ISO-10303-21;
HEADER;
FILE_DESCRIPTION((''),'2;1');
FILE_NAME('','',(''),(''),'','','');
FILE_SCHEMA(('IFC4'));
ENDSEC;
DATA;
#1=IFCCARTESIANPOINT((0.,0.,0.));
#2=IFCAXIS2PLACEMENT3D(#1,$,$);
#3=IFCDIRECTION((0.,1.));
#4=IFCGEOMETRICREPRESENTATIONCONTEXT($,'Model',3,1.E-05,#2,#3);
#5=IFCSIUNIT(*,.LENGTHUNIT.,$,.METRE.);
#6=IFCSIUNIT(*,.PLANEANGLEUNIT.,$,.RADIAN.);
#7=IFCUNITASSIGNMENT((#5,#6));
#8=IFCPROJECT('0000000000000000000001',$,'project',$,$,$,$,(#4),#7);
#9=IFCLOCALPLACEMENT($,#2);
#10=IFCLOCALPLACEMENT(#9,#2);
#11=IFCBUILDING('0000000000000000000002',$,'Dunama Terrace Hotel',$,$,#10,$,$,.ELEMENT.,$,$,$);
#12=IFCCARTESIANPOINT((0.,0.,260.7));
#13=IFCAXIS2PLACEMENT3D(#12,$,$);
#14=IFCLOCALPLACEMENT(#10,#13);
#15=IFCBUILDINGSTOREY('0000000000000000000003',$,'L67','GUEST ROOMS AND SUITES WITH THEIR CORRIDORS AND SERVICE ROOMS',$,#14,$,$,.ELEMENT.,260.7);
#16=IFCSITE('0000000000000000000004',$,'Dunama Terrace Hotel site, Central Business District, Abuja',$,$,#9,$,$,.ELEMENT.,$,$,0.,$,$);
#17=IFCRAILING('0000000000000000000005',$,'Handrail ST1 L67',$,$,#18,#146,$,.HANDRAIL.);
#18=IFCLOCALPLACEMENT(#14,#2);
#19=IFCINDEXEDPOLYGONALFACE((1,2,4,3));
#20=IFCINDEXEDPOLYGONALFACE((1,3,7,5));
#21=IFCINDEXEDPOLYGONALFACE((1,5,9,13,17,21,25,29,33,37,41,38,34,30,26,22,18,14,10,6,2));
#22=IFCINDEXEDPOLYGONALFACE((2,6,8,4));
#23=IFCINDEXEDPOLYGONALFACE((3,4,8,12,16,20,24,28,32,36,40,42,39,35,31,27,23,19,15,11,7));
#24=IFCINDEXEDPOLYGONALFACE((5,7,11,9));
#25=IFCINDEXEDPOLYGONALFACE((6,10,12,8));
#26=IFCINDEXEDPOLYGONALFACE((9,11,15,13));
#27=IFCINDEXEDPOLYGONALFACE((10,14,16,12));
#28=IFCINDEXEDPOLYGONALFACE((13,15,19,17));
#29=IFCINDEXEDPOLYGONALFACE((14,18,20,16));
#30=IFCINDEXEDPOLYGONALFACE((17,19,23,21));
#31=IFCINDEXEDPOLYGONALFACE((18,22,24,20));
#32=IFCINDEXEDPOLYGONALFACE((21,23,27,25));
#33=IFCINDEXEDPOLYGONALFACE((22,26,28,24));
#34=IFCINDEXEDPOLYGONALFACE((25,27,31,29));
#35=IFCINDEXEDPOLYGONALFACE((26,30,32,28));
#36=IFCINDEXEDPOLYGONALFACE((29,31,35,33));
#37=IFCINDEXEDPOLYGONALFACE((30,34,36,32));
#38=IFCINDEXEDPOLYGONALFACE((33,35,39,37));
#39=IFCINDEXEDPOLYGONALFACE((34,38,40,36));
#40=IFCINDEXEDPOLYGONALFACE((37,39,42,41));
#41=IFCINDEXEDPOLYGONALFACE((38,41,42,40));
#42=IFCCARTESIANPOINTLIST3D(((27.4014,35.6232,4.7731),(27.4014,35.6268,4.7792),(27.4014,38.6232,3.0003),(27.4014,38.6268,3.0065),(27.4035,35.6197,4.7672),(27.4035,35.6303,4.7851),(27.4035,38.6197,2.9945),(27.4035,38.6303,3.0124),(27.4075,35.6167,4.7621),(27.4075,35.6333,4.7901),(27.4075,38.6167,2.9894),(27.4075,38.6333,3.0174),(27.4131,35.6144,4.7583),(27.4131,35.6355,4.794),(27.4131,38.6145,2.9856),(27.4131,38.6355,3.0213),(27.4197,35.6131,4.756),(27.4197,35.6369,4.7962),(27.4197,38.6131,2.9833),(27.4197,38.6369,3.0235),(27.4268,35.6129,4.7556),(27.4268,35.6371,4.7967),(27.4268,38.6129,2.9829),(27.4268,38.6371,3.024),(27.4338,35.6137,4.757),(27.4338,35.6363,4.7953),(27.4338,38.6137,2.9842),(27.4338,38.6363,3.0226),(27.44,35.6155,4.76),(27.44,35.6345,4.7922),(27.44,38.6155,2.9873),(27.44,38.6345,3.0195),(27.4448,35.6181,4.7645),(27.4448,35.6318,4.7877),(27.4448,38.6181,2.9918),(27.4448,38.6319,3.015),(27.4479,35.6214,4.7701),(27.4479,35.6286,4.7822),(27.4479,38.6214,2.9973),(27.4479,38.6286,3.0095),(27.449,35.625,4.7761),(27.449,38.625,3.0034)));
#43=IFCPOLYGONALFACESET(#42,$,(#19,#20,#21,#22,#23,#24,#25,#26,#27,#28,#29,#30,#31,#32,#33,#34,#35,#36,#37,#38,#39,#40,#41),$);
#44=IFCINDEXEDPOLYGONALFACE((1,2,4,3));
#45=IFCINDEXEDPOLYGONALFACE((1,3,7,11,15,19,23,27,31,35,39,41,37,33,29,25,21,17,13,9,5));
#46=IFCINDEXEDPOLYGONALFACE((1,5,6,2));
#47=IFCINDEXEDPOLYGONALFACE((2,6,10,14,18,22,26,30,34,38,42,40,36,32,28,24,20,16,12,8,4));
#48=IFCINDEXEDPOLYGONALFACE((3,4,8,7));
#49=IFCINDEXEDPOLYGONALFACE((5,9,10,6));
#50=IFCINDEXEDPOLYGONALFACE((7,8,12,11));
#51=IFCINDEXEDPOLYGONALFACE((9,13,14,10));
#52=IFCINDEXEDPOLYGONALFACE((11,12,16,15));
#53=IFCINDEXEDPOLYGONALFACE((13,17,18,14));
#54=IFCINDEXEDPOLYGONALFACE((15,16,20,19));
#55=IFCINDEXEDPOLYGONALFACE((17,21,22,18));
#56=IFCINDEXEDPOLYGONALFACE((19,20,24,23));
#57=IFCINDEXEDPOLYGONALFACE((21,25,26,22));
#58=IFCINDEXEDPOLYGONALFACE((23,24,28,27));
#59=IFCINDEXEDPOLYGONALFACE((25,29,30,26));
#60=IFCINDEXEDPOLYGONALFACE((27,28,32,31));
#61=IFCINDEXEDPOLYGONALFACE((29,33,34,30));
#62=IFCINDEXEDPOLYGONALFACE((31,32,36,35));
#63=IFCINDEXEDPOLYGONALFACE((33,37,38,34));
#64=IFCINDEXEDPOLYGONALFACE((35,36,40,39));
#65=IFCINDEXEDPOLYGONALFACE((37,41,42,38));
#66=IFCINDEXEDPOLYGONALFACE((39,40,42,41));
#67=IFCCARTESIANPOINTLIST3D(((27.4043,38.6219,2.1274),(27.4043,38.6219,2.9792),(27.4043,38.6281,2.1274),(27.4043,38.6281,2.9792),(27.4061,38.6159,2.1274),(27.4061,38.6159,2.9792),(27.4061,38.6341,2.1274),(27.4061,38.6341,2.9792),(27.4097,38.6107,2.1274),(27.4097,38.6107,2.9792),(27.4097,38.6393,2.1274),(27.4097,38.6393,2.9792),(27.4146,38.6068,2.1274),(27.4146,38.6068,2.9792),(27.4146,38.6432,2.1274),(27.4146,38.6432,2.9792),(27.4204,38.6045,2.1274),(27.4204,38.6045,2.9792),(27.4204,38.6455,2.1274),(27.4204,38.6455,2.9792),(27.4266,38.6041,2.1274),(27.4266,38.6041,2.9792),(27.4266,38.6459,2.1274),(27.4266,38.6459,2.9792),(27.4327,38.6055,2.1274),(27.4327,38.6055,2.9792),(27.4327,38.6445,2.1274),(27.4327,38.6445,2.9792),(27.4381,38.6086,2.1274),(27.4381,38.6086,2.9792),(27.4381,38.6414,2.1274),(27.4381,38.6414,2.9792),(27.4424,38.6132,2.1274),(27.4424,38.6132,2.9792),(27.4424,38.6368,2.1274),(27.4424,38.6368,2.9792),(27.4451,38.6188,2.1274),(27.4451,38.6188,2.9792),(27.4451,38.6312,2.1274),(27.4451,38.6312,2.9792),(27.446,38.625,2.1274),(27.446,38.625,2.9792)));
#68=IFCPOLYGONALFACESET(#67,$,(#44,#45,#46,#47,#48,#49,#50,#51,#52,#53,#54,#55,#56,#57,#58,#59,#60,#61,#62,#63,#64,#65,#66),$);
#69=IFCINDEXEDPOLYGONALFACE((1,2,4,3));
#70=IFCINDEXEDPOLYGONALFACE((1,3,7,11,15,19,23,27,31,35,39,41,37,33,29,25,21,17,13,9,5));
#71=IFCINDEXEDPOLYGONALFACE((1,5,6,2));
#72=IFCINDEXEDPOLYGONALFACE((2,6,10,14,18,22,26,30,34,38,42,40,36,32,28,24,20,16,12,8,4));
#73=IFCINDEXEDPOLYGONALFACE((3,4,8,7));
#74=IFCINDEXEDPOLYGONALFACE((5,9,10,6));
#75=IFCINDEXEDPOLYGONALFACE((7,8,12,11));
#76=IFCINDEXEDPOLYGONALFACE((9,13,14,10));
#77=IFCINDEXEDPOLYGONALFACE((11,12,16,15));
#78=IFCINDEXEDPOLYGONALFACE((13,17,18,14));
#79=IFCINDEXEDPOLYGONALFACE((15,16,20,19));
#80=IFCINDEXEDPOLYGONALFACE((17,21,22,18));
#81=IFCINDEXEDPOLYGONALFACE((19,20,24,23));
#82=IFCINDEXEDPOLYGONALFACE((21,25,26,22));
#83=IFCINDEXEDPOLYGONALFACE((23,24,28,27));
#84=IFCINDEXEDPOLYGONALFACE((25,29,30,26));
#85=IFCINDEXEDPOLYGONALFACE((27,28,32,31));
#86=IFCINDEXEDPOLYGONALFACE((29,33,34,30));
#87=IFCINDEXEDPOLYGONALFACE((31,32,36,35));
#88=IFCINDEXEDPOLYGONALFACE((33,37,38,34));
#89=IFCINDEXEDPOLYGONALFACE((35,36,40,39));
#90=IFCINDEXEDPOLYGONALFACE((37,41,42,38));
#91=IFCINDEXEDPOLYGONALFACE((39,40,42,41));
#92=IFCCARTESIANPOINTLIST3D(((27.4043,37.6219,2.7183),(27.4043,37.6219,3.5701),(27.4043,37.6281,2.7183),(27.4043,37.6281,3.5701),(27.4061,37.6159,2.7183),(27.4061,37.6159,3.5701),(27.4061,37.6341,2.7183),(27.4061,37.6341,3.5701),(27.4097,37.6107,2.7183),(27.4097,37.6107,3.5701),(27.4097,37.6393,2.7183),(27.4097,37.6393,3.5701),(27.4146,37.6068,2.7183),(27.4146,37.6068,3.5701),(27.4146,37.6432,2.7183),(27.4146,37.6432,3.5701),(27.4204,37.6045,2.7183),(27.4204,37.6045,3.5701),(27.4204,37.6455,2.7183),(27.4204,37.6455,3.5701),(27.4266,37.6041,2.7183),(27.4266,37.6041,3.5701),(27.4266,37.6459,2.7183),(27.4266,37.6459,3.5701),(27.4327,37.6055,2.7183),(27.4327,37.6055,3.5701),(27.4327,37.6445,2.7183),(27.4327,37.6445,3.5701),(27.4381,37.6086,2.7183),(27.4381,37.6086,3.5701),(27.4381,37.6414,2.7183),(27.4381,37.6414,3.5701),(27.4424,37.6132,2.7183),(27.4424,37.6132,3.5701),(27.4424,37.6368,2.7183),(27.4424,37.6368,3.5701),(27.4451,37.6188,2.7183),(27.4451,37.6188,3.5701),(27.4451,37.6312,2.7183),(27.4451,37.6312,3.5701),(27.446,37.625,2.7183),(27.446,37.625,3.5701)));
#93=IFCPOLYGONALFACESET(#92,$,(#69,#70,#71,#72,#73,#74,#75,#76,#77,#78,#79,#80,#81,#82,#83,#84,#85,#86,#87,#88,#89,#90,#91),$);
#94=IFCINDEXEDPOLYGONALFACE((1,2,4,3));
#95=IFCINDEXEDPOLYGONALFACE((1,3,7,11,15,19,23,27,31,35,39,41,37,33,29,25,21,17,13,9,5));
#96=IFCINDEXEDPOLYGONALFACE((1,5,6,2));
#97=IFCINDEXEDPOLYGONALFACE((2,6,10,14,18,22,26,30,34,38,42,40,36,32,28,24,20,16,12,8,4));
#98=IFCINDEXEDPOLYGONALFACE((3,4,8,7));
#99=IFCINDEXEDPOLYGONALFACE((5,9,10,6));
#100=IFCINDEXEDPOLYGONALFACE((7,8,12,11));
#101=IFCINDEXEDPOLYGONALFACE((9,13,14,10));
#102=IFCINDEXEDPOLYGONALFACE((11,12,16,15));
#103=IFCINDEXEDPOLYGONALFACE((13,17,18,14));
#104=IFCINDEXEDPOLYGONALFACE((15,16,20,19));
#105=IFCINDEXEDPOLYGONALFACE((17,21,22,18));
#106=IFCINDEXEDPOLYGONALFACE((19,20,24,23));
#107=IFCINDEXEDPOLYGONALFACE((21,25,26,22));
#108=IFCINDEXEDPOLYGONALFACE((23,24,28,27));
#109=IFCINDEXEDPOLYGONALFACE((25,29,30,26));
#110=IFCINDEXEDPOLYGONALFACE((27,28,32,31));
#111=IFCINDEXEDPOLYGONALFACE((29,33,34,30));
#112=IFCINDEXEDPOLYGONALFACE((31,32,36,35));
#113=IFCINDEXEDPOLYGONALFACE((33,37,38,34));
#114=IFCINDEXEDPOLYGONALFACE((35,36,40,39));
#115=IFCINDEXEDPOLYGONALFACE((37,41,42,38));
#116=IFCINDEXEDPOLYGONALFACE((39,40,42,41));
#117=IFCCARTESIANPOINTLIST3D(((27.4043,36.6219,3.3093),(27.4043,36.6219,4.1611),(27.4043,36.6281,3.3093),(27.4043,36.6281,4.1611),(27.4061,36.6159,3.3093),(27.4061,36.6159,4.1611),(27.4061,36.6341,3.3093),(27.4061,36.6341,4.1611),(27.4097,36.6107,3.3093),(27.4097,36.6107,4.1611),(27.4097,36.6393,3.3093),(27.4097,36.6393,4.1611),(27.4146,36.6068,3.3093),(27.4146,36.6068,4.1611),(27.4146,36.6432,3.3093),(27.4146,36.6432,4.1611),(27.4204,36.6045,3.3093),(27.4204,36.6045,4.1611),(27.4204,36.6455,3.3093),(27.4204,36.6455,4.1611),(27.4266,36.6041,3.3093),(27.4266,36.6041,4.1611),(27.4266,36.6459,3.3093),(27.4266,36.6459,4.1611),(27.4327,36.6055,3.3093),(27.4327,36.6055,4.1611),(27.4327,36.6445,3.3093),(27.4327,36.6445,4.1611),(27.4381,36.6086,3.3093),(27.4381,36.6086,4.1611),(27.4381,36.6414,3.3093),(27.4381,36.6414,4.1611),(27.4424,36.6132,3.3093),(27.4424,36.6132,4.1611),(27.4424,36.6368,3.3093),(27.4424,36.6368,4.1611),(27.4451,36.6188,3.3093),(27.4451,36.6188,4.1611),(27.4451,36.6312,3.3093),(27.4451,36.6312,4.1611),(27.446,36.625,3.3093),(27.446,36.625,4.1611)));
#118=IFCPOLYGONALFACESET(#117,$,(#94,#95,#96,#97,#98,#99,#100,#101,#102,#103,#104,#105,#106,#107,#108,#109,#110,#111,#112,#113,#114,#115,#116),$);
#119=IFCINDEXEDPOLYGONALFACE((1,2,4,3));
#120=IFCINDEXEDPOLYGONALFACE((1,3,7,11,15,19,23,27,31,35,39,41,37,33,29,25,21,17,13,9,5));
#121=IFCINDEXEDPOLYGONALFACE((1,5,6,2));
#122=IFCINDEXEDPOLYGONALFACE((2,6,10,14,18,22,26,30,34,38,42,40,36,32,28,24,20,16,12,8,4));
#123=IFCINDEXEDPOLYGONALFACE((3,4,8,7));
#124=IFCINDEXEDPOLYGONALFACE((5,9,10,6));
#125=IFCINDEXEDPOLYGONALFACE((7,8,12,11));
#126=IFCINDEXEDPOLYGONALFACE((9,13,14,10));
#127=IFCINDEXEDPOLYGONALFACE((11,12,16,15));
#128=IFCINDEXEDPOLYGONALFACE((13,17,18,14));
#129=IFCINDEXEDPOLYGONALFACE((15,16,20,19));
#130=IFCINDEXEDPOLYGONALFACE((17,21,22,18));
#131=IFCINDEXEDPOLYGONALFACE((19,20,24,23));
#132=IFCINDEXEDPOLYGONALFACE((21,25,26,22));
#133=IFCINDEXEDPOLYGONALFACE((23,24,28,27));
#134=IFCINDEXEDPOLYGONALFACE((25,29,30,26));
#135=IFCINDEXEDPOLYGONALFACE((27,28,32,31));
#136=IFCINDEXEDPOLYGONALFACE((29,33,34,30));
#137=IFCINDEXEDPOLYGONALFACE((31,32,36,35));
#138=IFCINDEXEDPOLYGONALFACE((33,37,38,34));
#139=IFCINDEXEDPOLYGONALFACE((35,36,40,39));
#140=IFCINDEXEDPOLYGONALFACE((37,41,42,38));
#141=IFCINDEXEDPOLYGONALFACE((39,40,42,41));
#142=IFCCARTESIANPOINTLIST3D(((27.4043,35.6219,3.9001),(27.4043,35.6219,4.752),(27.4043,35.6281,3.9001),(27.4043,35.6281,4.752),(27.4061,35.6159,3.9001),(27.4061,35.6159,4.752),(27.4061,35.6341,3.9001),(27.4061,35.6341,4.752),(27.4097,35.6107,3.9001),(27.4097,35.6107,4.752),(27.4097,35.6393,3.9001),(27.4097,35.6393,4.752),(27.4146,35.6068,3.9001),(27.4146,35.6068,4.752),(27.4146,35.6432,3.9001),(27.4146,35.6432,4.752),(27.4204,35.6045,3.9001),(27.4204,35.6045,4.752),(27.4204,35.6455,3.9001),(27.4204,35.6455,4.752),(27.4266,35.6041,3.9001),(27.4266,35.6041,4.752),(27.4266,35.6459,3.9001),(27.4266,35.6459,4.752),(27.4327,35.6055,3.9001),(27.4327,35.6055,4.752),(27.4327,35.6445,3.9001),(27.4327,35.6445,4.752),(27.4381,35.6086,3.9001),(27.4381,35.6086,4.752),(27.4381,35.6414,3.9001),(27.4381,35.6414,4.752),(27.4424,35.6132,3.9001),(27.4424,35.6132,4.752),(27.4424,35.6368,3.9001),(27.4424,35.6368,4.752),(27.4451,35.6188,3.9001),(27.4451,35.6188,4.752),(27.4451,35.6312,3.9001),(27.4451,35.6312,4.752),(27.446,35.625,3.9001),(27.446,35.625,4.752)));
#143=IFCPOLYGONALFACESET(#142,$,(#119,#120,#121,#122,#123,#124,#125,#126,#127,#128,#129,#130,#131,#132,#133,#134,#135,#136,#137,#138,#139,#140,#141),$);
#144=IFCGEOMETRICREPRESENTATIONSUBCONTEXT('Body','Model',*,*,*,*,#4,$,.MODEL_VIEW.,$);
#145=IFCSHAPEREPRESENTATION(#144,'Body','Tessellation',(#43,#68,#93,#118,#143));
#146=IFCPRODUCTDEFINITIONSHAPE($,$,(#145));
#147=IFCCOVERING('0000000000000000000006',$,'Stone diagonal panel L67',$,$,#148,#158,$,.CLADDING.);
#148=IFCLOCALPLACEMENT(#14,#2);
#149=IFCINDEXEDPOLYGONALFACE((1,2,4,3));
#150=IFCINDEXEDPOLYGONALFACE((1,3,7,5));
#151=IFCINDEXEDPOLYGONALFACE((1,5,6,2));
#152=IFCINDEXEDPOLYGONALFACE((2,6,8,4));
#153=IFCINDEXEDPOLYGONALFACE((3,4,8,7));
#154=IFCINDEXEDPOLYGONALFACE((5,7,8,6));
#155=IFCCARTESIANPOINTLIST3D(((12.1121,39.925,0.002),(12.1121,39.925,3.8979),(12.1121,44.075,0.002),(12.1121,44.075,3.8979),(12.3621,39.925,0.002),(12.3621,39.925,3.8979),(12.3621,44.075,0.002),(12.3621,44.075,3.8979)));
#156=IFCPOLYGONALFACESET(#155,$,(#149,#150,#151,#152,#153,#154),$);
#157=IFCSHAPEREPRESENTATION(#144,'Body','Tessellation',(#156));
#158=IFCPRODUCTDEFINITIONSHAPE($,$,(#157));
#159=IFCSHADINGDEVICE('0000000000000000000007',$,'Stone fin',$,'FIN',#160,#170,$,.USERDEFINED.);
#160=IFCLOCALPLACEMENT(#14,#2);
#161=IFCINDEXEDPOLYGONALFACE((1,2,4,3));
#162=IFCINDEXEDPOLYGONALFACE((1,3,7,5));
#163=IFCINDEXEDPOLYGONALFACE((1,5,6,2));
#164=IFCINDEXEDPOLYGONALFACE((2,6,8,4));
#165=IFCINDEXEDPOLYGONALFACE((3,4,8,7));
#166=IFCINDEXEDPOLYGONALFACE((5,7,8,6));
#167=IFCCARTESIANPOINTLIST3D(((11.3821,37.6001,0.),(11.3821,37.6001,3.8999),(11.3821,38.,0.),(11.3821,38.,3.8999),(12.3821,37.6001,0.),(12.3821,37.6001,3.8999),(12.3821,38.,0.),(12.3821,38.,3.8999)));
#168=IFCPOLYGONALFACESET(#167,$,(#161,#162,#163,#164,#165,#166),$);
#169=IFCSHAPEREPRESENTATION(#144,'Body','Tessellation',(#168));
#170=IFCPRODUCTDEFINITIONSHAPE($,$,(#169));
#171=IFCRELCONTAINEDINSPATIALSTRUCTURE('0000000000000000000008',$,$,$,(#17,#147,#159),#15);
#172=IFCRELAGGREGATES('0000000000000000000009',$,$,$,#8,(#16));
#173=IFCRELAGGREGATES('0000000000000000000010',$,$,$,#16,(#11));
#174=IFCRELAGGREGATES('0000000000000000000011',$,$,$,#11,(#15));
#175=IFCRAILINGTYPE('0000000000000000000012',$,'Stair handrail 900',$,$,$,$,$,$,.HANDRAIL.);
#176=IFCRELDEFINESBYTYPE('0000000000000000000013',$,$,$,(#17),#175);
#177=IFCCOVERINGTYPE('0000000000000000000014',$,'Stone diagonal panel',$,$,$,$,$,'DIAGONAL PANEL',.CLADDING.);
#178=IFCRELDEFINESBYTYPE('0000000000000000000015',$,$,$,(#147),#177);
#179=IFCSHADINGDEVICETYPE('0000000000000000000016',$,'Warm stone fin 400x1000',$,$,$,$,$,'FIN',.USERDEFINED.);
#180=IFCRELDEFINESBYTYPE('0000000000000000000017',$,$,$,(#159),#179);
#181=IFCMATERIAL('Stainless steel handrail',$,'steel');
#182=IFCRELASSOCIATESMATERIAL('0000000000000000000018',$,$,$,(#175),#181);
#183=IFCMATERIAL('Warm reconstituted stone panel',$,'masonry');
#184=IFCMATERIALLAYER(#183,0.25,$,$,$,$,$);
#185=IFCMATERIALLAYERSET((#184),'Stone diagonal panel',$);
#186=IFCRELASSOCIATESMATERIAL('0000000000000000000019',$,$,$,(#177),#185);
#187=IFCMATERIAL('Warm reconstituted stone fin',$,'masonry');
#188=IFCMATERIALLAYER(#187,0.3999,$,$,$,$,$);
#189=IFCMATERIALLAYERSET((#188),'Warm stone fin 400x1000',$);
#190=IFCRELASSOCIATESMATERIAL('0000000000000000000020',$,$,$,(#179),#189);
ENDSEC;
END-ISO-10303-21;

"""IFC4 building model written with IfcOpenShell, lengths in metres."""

from ifc_helpers import new_model, si_unit, direction, frame, origin, origin_2d, place, context, subcontext, project, spatial, rectangle, circle, extrude, material, layer, layer_set, type_object, element, save


model = new_model("IFC4")

# Units and contexts
model_context = context("Model", 3, precision=1e-05, world=origin(), true_north=direction((0.0, 1.0)))
body_context = subcontext(model_context, "Body", "Model", "MODEL_VIEW")
ifc_project = project(units=[si_unit("LENGTHUNIT", "METRE"), si_unit("PLANEANGLEUNIT", "RADIAN")], contexts=[model_context])

# Site, building, storey
site_placement = place(None, origin())
site = spatial("IfcSite", under=ifc_project, at=site_placement, Name="Dunama Terrace Hotel site, Central Business District, Abuja", CompositionType="ELEMENT", RefElevation=0.0)
building_placement = place(site_placement, origin())
building = spatial("IfcBuilding", under=site, at=building_placement, Name="Dunama Terrace Hotel", CompositionType="ELEMENT")
storey_placement = place(building_placement, frame((0.0, 0.0, 260.7)))
storey = spatial("IfcBuildingStorey", under=building, at=storey_placement, Name="L67", Description="GUEST ROOMS AND SUITES WITH THEIR CORRIDORS AND SERVICE ROOMS", CompositionType="ELEMENT", Elevation=260.7)

# Railing
ifc_material_1 = material(Name="Stainless steel handrail", Category="steel")
railing_type = type_object("IfcRailingType", Name="Stair handrail 900", PredefinedType="HANDRAIL", material=ifc_material_1)
railing_placement = place(storey_placement, frame((27.425, 38.625, 2.1274)))
element("IfcRailing", 1, at=railing_placement, inside=storey, type_object=railing_type, Name="Handrail ST1 L67", PredefinedType="HANDRAIL", context=body_context, shape_type="SweptSolid", body=[
    extrude(circle(Radius=0.0239, at=origin_2d()), frame((0.0, 0.0, 0.876), z_axis=(0.0, -0.860929, 0.508725), x_axis=(1.0, 0.0, 0.0)), (0.0, 0.0, 1.0), 3.4846),
    extrude(circle(Radius=0.021, at=origin_2d()), origin(), (0.0, 0.0, 1.0), 0.8518),
    extrude(circle(Radius=0.021, at=origin_2d()), frame((0.0, -1.0, 0.5908)), (0.0, 0.0, 1.0), 0.8518),
    extrude(circle(Radius=0.021, at=origin_2d()), frame((0.0, -2.0, 1.1819)), (0.0, 0.0, 1.0), 0.8518),
    extrude(circle(Radius=0.021, at=origin_2d()), frame((0.0, -3.0, 1.7727)), (0.0, 0.0, 1.0), 0.8518),
])

# Covering
ifc_material_2 = material(Name="Warm reconstituted stone panel", Category="masonry")
ifc_layer_1 = layer(ifc_material_2, 0.25)
ifc_layer_set_1 = layer_set([ifc_layer_1], Name="Stone diagonal panel")
covering_type = type_object("IfcCoveringType", Name="Stone diagonal panel", ElementType="DIAGONAL PANEL", PredefinedType="CLADDING", material=ifc_layer_set_1)
covering_placement = place(storey_placement, frame((12.2371, 42.0, 0.002), z_axis=(0.0, 0.0, 1.0), x_axis=(0.0, -1.0, 0.0)))
element("IfcCovering", 2, at=covering_placement, inside=storey, type_object=covering_type, Name="Stone diagonal panel L67", PredefinedType="CLADDING", context=body_context, shape_type="SweptSolid", body=[
    extrude(rectangle(XDim=4.1499, YDim=0.25, at=origin_2d()), origin(), (0.0, 0.0, 1.0), 3.896),
])

# Shading device
ifc_material_3 = material(Name="Warm reconstituted stone fin", Category="masonry")
ifc_layer_2 = layer(ifc_material_3, 0.3999)
ifc_layer_set_2 = layer_set([ifc_layer_2], Name="Warm stone fin 400x1000")
shading_device_type = type_object("IfcShadingDeviceType", Name="Warm stone fin 400x1000", ElementType="FIN", PredefinedType="USERDEFINED", material=ifc_layer_set_2)
shading_device_placement = place(storey_placement, frame((11.8821, 37.8, 0.0), z_axis=(0.0, 0.0, 1.0), x_axis=(0.0, -1.0, 0.0)))
element("IfcShadingDevice", 3, at=shading_device_placement, inside=storey, type_object=shading_device_type, Name="Stone fin", ObjectType="FIN", PredefinedType="USERDEFINED", context=body_context, shape_type="SweptSolid", body=[
    extrude(rectangle(XDim=0.3999, YDim=1.0, at=origin_2d()), origin(), (0.0, 0.0, 1.0), 3.8999),
])

save(model, "model.ifc")
